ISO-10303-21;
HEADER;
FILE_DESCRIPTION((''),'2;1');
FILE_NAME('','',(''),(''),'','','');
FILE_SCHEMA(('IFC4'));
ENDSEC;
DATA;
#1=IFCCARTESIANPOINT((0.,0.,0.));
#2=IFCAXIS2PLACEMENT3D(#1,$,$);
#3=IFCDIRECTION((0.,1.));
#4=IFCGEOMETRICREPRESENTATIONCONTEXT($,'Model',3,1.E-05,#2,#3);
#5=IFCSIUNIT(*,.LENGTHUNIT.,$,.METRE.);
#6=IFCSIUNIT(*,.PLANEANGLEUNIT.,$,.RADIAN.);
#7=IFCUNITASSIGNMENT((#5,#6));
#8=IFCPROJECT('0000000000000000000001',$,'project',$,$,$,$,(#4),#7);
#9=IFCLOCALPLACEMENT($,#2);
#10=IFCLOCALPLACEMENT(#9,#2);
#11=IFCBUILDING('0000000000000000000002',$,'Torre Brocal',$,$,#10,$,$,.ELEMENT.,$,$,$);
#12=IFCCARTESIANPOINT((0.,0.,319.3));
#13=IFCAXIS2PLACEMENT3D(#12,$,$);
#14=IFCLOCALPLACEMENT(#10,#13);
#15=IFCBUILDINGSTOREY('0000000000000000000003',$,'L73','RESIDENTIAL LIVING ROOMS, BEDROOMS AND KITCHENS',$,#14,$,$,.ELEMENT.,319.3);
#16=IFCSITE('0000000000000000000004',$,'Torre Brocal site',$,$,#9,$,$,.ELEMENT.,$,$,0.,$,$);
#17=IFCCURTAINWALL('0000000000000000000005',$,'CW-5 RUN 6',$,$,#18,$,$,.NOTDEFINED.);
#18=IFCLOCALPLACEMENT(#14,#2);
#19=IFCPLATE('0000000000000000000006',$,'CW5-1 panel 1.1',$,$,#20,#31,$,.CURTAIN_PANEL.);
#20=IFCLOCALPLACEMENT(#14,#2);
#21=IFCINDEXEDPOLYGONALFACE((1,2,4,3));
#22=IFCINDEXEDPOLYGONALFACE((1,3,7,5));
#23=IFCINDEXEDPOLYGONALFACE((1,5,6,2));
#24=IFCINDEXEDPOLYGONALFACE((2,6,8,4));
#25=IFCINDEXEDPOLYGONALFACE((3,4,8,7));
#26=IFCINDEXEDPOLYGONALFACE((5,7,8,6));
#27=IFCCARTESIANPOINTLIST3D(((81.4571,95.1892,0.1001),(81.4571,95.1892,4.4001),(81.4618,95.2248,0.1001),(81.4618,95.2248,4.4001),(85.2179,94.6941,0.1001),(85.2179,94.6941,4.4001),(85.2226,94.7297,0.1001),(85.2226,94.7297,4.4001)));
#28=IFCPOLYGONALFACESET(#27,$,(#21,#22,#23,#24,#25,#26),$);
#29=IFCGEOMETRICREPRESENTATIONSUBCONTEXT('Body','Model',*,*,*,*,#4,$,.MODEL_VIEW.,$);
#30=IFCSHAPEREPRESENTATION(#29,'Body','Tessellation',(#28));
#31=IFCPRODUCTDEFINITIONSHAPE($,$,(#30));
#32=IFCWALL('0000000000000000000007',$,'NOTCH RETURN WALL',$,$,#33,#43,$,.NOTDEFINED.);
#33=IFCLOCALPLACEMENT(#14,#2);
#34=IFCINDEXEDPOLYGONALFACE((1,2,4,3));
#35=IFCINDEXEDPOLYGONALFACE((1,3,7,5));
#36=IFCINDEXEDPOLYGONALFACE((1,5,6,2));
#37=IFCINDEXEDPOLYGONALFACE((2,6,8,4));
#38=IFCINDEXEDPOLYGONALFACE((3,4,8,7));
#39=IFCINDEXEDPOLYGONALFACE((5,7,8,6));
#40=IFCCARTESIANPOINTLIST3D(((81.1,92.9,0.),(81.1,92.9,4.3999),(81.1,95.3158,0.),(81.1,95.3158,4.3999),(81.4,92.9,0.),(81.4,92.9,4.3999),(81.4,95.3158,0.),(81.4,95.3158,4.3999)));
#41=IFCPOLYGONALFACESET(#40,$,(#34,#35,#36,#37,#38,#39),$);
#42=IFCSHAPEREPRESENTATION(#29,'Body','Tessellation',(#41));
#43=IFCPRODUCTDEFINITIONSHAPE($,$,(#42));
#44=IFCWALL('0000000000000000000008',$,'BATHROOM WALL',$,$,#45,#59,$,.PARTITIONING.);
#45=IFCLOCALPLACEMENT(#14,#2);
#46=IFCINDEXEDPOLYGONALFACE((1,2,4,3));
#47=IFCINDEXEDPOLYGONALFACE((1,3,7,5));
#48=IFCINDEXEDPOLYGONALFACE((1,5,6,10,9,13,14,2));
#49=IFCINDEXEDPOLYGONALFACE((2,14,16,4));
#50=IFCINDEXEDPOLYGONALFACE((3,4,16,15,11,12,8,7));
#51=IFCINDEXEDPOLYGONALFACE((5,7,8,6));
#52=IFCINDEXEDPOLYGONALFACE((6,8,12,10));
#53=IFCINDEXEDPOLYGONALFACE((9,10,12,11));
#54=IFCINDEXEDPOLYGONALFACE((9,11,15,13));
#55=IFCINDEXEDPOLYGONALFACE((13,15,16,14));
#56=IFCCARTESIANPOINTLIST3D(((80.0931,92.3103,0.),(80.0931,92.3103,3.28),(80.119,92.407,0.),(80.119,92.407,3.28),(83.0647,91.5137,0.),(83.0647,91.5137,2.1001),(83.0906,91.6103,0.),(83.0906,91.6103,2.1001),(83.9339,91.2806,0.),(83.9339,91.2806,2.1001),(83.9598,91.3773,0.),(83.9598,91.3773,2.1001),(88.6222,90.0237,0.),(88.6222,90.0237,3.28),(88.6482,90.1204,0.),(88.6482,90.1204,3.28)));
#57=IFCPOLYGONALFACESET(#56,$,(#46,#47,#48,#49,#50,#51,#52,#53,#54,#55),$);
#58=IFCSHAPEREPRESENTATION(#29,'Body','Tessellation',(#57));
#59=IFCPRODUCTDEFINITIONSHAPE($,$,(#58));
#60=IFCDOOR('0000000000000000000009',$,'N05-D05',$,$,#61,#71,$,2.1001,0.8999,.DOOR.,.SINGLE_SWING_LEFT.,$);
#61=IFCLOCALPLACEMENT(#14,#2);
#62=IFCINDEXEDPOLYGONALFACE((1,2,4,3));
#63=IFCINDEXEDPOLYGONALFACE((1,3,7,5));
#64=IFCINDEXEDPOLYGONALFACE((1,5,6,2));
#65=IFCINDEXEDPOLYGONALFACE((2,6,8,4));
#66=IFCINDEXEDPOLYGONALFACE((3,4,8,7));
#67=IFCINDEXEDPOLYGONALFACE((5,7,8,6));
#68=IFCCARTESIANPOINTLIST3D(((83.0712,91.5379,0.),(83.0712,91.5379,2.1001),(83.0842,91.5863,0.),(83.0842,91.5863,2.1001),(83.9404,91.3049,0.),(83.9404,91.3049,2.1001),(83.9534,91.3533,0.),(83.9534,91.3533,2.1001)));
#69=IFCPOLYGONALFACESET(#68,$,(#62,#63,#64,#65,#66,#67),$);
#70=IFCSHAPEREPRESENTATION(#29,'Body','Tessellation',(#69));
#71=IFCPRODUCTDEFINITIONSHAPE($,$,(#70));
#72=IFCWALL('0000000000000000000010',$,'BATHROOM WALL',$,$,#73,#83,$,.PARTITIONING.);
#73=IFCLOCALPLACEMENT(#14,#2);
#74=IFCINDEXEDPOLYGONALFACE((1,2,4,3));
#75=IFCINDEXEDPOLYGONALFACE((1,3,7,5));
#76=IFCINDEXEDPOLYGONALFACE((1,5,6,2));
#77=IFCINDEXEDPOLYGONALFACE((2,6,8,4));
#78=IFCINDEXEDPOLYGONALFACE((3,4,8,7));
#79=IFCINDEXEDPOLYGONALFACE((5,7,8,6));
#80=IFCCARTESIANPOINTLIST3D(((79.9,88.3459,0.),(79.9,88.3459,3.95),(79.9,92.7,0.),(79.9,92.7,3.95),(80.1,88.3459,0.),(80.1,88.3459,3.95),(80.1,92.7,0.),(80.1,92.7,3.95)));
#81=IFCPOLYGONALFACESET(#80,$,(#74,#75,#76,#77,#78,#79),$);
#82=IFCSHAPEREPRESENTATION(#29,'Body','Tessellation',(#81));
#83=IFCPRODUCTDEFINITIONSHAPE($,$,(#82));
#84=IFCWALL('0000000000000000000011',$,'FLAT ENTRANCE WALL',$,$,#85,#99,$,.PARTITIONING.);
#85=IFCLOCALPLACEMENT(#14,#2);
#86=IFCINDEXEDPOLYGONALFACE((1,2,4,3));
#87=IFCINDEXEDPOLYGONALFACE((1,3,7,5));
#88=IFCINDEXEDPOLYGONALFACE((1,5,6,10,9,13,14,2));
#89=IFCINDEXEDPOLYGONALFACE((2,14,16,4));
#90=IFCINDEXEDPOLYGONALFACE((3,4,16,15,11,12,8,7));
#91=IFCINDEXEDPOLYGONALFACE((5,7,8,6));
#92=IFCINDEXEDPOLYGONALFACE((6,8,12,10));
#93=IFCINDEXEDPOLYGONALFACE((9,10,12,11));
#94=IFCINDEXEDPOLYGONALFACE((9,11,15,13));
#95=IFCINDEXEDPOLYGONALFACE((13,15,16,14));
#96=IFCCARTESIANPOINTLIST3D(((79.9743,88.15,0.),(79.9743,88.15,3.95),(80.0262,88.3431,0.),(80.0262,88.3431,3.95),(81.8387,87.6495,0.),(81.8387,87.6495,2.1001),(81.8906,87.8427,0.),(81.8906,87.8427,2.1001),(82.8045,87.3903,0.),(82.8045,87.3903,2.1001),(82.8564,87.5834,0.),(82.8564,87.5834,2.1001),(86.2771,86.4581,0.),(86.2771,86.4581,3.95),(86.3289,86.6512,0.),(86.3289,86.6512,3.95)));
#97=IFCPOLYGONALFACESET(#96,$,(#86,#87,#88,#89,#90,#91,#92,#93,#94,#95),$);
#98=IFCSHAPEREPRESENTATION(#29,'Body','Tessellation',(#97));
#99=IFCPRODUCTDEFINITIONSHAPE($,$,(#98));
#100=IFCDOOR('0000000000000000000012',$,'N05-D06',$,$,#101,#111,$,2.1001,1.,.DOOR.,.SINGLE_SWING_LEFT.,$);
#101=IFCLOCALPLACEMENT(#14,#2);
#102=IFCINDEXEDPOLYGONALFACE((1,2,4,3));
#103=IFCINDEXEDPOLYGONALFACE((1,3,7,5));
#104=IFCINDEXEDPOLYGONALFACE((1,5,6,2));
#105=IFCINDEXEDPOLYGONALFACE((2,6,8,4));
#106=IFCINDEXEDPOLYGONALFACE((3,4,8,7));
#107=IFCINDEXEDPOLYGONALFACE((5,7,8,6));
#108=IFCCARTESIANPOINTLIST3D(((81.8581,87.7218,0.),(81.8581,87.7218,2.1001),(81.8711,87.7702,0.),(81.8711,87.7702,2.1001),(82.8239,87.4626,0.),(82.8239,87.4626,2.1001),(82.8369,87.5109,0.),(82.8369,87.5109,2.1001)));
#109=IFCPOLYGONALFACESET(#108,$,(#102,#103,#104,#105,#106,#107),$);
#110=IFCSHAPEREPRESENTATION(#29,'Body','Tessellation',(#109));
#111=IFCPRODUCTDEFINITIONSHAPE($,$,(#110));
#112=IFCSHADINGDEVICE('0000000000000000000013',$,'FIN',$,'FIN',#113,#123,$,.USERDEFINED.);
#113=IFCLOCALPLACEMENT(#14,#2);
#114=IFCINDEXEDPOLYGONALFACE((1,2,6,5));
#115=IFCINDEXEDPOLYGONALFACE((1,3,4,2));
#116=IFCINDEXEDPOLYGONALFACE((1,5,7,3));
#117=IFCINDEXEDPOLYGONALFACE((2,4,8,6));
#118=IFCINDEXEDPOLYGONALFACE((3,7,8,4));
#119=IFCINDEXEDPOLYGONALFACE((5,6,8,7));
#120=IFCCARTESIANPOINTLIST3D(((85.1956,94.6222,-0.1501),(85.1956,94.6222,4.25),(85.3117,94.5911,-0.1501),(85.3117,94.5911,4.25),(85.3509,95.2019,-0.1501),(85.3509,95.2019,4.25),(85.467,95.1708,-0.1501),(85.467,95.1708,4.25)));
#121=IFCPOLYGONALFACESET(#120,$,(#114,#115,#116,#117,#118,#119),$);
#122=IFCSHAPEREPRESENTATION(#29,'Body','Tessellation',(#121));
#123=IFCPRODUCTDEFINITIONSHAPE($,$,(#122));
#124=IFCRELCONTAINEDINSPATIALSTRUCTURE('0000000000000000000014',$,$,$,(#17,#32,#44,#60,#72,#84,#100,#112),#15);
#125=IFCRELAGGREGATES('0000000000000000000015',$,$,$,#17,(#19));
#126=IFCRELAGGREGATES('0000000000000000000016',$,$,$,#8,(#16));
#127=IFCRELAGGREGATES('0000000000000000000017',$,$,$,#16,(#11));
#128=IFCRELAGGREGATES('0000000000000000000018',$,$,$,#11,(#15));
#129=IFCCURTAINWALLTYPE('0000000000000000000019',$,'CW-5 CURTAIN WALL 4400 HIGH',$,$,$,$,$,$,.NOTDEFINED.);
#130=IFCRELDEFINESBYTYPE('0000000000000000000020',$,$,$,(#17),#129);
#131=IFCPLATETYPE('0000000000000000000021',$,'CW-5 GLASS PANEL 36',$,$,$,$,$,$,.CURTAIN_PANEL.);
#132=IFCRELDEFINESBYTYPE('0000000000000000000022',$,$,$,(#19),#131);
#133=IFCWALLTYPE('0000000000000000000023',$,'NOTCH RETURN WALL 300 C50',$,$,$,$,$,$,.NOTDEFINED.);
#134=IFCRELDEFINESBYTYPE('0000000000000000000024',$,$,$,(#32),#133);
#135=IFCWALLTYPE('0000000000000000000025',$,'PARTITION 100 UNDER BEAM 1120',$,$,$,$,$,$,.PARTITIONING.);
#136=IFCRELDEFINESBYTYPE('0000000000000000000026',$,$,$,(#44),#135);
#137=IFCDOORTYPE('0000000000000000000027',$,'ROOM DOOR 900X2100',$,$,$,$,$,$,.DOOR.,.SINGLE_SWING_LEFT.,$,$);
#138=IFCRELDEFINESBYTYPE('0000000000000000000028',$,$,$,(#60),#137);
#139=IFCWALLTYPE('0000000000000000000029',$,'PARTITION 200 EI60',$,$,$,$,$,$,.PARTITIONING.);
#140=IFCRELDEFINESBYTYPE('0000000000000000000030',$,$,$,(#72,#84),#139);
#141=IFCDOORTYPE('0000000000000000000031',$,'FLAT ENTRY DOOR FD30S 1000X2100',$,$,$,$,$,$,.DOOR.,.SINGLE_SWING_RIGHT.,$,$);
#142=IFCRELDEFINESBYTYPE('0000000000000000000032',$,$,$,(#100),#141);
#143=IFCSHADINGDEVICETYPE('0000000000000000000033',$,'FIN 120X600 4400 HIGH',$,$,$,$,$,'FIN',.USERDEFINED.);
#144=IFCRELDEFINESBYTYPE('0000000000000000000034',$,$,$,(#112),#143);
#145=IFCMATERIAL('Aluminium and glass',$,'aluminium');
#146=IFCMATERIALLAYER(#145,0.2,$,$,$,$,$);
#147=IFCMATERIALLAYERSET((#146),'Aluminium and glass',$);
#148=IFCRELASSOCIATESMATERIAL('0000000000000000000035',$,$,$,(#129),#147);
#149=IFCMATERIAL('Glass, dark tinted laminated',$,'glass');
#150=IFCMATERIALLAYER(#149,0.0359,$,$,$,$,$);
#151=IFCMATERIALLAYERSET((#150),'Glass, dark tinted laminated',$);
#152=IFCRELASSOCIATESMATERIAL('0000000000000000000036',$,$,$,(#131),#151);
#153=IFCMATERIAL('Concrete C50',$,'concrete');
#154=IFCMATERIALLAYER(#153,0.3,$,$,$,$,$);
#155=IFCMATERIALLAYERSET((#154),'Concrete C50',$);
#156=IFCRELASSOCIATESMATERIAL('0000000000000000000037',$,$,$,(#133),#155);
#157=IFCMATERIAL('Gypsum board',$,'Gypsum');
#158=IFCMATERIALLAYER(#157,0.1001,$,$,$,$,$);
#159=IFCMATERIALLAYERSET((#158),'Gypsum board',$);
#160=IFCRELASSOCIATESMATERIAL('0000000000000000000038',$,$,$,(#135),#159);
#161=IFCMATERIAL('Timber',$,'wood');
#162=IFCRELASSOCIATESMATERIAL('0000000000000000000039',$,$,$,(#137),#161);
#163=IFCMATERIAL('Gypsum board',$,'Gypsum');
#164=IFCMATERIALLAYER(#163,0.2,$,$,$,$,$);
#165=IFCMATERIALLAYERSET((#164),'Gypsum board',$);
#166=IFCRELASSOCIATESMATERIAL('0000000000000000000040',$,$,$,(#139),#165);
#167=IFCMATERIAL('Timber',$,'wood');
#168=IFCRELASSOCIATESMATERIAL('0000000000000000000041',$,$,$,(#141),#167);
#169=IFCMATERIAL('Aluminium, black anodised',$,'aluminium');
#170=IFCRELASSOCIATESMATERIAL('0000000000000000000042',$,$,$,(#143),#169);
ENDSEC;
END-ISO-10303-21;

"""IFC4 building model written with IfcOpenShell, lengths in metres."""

from ifc_helpers import new_model, si_unit, direction, frame, frame_2d, origin, origin_2d, place, context, subcontext, project, spatial, rectangle, extrude, material, layer, layer_set, material_profile, profile_set, type_object, element, fill, aggregate, save


model = new_model("IFC4")

# Units and contexts
model_context = context("Model", 3, precision=1e-05, world=origin(), true_north=direction((0.0, 1.0)))
body_context = subcontext(model_context, "Body", "Model", "MODEL_VIEW")
ifc_project = project(units=[si_unit("LENGTHUNIT", "METRE"), si_unit("PLANEANGLEUNIT", "RADIAN")], contexts=[model_context])

# Site, building, storey
site_placement = place(None, origin())
site = spatial("IfcSite", under=ifc_project, at=site_placement, Name="Torre Brocal site", CompositionType="ELEMENT", RefElevation=0.0)
building_placement = place(site_placement, origin())
building = spatial("IfcBuilding", under=site, at=building_placement, Name="Torre Brocal", CompositionType="ELEMENT")
storey_placement = place(building_placement, frame((0.0, 0.0, 319.3)))
storey = spatial("IfcBuildingStorey", under=building, at=storey_placement, Name="L73", Description="RESIDENTIAL LIVING ROOMS, BEDROOMS AND KITCHENS", CompositionType="ELEMENT", Elevation=319.3)

# Curtain wall
ifc_material_1 = material(Name="Aluminium and glass", Category="aluminium")
ifc_layer_1 = layer(ifc_material_1, 0.2)
ifc_layer_set_1 = layer_set([ifc_layer_1], Name="Aluminium and glass")
curtain_wall_type = type_object("IfcCurtainWallType", Name="CW-5 CURTAIN WALL 4400 HIGH", PredefinedType="NOTDEFINED", material=ifc_layer_set_1)
curtain_wall_1_placement = place(storey_placement, origin())
curtain_wall_1 = element("IfcCurtainWall", 1, at=curtain_wall_1_placement, inside=storey, type_object=curtain_wall_type, Name="CW-5 RUN 6", PredefinedType="NOTDEFINED")

# Plate
ifc_material_2 = material(Name="Glass, dark tinted laminated", Category="glass")
ifc_layer_2 = layer(ifc_material_2, 0.0359)
ifc_layer_set_2 = layer_set([ifc_layer_2], Name="Glass, dark tinted laminated")
plate_type = type_object("IfcPlateType", Name="CW-5 GLASS PANEL 36", PredefinedType="CURTAIN_PANEL", material=ifc_layer_set_2)
plate_1_placement = place(storey_placement, frame((83.3398, 94.9595, 0.1001), z_axis=(0.0, 0.0, 1.0), x_axis=(-0.991445, 0.130526, 0.0)))
plate_1 = element("IfcPlate", 2, at=plate_1_placement, type_object=plate_type, Name="CW5-1 panel 1.1", PredefinedType="CURTAIN_PANEL", context=body_context, shape_type="SweptSolid", body=[
    extrude(rectangle(XDim=3.7932, YDim=0.0359, at=origin_2d()), origin(), (0.0, 0.0, 1.0), 4.3),
])
aggregate(curtain_wall_1, [plate_1])

# Wall
ifc_material_3 = material(Name="Concrete C50", Category="concrete")
ifc_layer_3 = layer(ifc_material_3, 0.3)
ifc_layer_set_3 = layer_set([ifc_layer_3], Name="Concrete C50")
wall_type_1 = type_object("IfcWallType", Name="NOTCH RETURN WALL 300 C50", PredefinedType="NOTDEFINED", material=ifc_layer_set_3)
wall_1_placement = place(storey_placement, frame((81.25, 92.8999, 0.0), z_axis=(0.0, 0.0, 1.0), x_axis=(0.0, 1.0, 0.0)))
element("IfcWall", 3, at=wall_1_placement, inside=storey, type_object=wall_type_1, Name="NOTCH RETURN WALL", PredefinedType="NOTDEFINED", context=body_context, shape_type="SweptSolid", body=[
    extrude(rectangle(XDim=2.4158, YDim=0.3, at=frame_2d((1.208, 0.0))), origin(), (0.0, 0.0, 1.0), 4.3999),
])

# Wall, opening, door
ifc_material_4 = material(Name="Gypsum board", Category="Gypsum")
ifc_layer_4 = layer(ifc_material_4, 0.1001)
ifc_layer_set_4 = layer_set([ifc_layer_4], Name="Gypsum board")
wall_type_2 = type_object("IfcWallType", Name="PARTITION 100 UNDER BEAM 1120", PredefinedType="PARTITIONING", material=ifc_layer_set_4)
wall_2_placement = place(storey_placement, frame((80.1062, 92.3586, 0.0), z_axis=(0.0, 0.0, 1.0), x_axis=(0.96589, -0.258953, 0.0)))
wall_2 = element("IfcWall", 4, at=wall_2_placement, inside=storey, type_object=wall_type_2, Name="BATHROOM WALL", PredefinedType="PARTITIONING", context=body_context, shape_type="SweptSolid", body=[
    extrude(rectangle(XDim=8.8303, YDim=0.1001, at=frame_2d((4.415, 0.0))), origin(), (0.0, 0.0, 1.0), 3.28),
])
opening_1_placement = place(wall_2_placement, frame((3.0764, 0.0, 0.0)))
opening_1 = element("IfcOpeningElement", 5, at=opening_1_placement, cuts=wall_2, PredefinedType="OPENING", context=body_context, shape_type="SweptSolid", body=[
    extrude(rectangle(XDim=0.8999, YDim=2.1001, at=frame_2d((0.45, 1.05))), frame((0.0, 0.0601, 0.0), z_axis=(0.0, -1.0, 0.0), x_axis=(1.0, 0.0, 0.0)), (0.0, 0.0, 1.0), 0.1201),
])
ifc_material_5 = material(Name="Timber", Category="wood")
door_type_1 = type_object("IfcDoorType", Name="ROOM DOOR 900X2100", OperationType="SINGLE_SWING_LEFT", PredefinedType="DOOR", material=ifc_material_5)
door_1_placement = place(opening_1_placement, frame((0.8999, 0.0, 0.0), z_axis=(0.0, 0.0, 1.0), x_axis=(-1.0, 0.0, 0.0)))
door_1 = element("IfcDoor", 6, at=door_1_placement, inside=storey, type_object=door_type_1, Name="N05-D05", OperationType="SINGLE_SWING_LEFT", OverallHeight=2.1001, OverallWidth=0.8999, PredefinedType="DOOR", context=body_context, shape_type="SweptSolid", body=[
    extrude(rectangle(XDim=0.8999, YDim=2.1001, at=frame_2d((0.45, 1.05))), frame((0.0, 0.0249, 0.0), z_axis=(0.0, -1.0, 0.0), x_axis=(1.0, 0.0, 0.0)), (0.0, 0.0, 1.0), 0.05),
])
fill(opening_1, door_1)

# Wall
ifc_material_6 = material(Name="Gypsum board", Category="Gypsum")
ifc_layer_5 = layer(ifc_material_6, 0.2)
ifc_layer_set_5 = layer_set([ifc_layer_5], Name="Gypsum board")
wall_type_3 = type_object("IfcWallType", Name="PARTITION 200 EI60", PredefinedType="PARTITIONING", material=ifc_layer_set_5)
wall_3_placement = place(storey_placement, frame((80.0, 88.3459, 0.0), z_axis=(0.0, 0.0, 1.0), x_axis=(0.0, 1.0, 0.0)))
element("IfcWall", 7, at=wall_3_placement, inside=storey, type_object=wall_type_3, Name="BATHROOM WALL", PredefinedType="PARTITIONING", context=body_context, shape_type="SweptSolid", body=[
    extrude(rectangle(XDim=4.354, YDim=0.2, at=frame_2d((2.177, 0.0))), origin(), (0.0, 0.0, 1.0), 3.95),
])

# Wall, opening, door
wall_4_placement = place(storey_placement, frame((80.0002, 88.2466, 0.0), z_axis=(0.0, 0.0, 1.0), x_axis=(0.965808, -0.25926, 0.0)))
wall_4 = element("IfcWall", 8, at=wall_4_placement, inside=storey, type_object=wall_type_3, Name="FLAT ENTRANCE WALL", PredefinedType="PARTITIONING", context=body_context, shape_type="SweptSolid", body=[
    extrude(rectangle(XDim=6.5259, YDim=0.2, at=frame_2d((3.2629, 0.0))), origin(), (0.0, 0.0, 1.0), 3.95),
])
opening_2_placement = place(wall_4_placement, frame((1.9304, 0.0, 0.0)))
opening_2 = element("IfcOpeningElement", 9, at=opening_2_placement, cuts=wall_4, PredefinedType="OPENING", context=body_context, shape_type="SweptSolid", body=[
    extrude(rectangle(XDim=1.0, YDim=2.1001, at=frame_2d((0.5, 1.05))), frame((0.0, 0.1099, 0.0), z_axis=(0.0, -1.0, 0.0), x_axis=(1.0, 0.0, 0.0)), (0.0, 0.0, 1.0), 0.22),
])
ifc_material_7 = material(Name="Timber", Category="wood")
door_type_2 = type_object("IfcDoorType", Name="FLAT ENTRY DOOR FD30S 1000X2100", OperationType="SINGLE_SWING_RIGHT", PredefinedType="DOOR", material=ifc_material_7)
door_2_placement = place(opening_2_placement, origin())
door_2 = element("IfcDoor", 10, at=door_2_placement, inside=storey, type_object=door_type_2, Name="N05-D06", OperationType="SINGLE_SWING_LEFT", OverallHeight=2.1001, OverallWidth=1.0, PredefinedType="DOOR", context=body_context, shape_type="SweptSolid", body=[
    extrude(rectangle(XDim=1.0, YDim=2.1001, at=frame_2d((0.5, 1.05))), frame((0.0, 0.0249, 0.0), z_axis=(0.0, -1.0, 0.0), x_axis=(1.0, 0.0, 0.0)), (0.0, 0.0, 1.0), 0.05),
])
fill(opening_2, door_2)

# Shading device
ifc_material_8 = material(Name="Aluminium, black anodised", Category="aluminium")
ifc_material_profile_1 = material_profile(ifc_material_8, rectangle(XDim=0.1201, YDim=0.6001, at=origin_2d()), Name="FIN 120X600 4400 HIGH")
ifc_profile_set_1 = profile_set([ifc_material_profile_1], Name="Aluminium, black anodised")
shading_device_type = type_object("IfcShadingDeviceType", Name="FIN 120X600 4400 HIGH", ElementType="FIN", PredefinedType="USERDEFINED", material=ifc_profile_set_1)
shading_device_placement = place(storey_placement, frame((85.3313, 94.8965, -0.1501), z_axis=(0.0, 0.0, 1.0), x_axis=(-0.965926, 0.258819, 0.0)))
element("IfcShadingDevice", 11, at=shading_device_placement, inside=storey, type_object=shading_device_type, Name="FIN", ObjectType="FIN", PredefinedType="USERDEFINED", context=body_context, shape_type="SweptSolid", body=[
    extrude(rectangle(XDim=0.1201, YDim=0.6001, at=origin_2d()), origin(), (0.0, 0.0, 1.0), 4.4001),
])

save(model, "model.ifc")
